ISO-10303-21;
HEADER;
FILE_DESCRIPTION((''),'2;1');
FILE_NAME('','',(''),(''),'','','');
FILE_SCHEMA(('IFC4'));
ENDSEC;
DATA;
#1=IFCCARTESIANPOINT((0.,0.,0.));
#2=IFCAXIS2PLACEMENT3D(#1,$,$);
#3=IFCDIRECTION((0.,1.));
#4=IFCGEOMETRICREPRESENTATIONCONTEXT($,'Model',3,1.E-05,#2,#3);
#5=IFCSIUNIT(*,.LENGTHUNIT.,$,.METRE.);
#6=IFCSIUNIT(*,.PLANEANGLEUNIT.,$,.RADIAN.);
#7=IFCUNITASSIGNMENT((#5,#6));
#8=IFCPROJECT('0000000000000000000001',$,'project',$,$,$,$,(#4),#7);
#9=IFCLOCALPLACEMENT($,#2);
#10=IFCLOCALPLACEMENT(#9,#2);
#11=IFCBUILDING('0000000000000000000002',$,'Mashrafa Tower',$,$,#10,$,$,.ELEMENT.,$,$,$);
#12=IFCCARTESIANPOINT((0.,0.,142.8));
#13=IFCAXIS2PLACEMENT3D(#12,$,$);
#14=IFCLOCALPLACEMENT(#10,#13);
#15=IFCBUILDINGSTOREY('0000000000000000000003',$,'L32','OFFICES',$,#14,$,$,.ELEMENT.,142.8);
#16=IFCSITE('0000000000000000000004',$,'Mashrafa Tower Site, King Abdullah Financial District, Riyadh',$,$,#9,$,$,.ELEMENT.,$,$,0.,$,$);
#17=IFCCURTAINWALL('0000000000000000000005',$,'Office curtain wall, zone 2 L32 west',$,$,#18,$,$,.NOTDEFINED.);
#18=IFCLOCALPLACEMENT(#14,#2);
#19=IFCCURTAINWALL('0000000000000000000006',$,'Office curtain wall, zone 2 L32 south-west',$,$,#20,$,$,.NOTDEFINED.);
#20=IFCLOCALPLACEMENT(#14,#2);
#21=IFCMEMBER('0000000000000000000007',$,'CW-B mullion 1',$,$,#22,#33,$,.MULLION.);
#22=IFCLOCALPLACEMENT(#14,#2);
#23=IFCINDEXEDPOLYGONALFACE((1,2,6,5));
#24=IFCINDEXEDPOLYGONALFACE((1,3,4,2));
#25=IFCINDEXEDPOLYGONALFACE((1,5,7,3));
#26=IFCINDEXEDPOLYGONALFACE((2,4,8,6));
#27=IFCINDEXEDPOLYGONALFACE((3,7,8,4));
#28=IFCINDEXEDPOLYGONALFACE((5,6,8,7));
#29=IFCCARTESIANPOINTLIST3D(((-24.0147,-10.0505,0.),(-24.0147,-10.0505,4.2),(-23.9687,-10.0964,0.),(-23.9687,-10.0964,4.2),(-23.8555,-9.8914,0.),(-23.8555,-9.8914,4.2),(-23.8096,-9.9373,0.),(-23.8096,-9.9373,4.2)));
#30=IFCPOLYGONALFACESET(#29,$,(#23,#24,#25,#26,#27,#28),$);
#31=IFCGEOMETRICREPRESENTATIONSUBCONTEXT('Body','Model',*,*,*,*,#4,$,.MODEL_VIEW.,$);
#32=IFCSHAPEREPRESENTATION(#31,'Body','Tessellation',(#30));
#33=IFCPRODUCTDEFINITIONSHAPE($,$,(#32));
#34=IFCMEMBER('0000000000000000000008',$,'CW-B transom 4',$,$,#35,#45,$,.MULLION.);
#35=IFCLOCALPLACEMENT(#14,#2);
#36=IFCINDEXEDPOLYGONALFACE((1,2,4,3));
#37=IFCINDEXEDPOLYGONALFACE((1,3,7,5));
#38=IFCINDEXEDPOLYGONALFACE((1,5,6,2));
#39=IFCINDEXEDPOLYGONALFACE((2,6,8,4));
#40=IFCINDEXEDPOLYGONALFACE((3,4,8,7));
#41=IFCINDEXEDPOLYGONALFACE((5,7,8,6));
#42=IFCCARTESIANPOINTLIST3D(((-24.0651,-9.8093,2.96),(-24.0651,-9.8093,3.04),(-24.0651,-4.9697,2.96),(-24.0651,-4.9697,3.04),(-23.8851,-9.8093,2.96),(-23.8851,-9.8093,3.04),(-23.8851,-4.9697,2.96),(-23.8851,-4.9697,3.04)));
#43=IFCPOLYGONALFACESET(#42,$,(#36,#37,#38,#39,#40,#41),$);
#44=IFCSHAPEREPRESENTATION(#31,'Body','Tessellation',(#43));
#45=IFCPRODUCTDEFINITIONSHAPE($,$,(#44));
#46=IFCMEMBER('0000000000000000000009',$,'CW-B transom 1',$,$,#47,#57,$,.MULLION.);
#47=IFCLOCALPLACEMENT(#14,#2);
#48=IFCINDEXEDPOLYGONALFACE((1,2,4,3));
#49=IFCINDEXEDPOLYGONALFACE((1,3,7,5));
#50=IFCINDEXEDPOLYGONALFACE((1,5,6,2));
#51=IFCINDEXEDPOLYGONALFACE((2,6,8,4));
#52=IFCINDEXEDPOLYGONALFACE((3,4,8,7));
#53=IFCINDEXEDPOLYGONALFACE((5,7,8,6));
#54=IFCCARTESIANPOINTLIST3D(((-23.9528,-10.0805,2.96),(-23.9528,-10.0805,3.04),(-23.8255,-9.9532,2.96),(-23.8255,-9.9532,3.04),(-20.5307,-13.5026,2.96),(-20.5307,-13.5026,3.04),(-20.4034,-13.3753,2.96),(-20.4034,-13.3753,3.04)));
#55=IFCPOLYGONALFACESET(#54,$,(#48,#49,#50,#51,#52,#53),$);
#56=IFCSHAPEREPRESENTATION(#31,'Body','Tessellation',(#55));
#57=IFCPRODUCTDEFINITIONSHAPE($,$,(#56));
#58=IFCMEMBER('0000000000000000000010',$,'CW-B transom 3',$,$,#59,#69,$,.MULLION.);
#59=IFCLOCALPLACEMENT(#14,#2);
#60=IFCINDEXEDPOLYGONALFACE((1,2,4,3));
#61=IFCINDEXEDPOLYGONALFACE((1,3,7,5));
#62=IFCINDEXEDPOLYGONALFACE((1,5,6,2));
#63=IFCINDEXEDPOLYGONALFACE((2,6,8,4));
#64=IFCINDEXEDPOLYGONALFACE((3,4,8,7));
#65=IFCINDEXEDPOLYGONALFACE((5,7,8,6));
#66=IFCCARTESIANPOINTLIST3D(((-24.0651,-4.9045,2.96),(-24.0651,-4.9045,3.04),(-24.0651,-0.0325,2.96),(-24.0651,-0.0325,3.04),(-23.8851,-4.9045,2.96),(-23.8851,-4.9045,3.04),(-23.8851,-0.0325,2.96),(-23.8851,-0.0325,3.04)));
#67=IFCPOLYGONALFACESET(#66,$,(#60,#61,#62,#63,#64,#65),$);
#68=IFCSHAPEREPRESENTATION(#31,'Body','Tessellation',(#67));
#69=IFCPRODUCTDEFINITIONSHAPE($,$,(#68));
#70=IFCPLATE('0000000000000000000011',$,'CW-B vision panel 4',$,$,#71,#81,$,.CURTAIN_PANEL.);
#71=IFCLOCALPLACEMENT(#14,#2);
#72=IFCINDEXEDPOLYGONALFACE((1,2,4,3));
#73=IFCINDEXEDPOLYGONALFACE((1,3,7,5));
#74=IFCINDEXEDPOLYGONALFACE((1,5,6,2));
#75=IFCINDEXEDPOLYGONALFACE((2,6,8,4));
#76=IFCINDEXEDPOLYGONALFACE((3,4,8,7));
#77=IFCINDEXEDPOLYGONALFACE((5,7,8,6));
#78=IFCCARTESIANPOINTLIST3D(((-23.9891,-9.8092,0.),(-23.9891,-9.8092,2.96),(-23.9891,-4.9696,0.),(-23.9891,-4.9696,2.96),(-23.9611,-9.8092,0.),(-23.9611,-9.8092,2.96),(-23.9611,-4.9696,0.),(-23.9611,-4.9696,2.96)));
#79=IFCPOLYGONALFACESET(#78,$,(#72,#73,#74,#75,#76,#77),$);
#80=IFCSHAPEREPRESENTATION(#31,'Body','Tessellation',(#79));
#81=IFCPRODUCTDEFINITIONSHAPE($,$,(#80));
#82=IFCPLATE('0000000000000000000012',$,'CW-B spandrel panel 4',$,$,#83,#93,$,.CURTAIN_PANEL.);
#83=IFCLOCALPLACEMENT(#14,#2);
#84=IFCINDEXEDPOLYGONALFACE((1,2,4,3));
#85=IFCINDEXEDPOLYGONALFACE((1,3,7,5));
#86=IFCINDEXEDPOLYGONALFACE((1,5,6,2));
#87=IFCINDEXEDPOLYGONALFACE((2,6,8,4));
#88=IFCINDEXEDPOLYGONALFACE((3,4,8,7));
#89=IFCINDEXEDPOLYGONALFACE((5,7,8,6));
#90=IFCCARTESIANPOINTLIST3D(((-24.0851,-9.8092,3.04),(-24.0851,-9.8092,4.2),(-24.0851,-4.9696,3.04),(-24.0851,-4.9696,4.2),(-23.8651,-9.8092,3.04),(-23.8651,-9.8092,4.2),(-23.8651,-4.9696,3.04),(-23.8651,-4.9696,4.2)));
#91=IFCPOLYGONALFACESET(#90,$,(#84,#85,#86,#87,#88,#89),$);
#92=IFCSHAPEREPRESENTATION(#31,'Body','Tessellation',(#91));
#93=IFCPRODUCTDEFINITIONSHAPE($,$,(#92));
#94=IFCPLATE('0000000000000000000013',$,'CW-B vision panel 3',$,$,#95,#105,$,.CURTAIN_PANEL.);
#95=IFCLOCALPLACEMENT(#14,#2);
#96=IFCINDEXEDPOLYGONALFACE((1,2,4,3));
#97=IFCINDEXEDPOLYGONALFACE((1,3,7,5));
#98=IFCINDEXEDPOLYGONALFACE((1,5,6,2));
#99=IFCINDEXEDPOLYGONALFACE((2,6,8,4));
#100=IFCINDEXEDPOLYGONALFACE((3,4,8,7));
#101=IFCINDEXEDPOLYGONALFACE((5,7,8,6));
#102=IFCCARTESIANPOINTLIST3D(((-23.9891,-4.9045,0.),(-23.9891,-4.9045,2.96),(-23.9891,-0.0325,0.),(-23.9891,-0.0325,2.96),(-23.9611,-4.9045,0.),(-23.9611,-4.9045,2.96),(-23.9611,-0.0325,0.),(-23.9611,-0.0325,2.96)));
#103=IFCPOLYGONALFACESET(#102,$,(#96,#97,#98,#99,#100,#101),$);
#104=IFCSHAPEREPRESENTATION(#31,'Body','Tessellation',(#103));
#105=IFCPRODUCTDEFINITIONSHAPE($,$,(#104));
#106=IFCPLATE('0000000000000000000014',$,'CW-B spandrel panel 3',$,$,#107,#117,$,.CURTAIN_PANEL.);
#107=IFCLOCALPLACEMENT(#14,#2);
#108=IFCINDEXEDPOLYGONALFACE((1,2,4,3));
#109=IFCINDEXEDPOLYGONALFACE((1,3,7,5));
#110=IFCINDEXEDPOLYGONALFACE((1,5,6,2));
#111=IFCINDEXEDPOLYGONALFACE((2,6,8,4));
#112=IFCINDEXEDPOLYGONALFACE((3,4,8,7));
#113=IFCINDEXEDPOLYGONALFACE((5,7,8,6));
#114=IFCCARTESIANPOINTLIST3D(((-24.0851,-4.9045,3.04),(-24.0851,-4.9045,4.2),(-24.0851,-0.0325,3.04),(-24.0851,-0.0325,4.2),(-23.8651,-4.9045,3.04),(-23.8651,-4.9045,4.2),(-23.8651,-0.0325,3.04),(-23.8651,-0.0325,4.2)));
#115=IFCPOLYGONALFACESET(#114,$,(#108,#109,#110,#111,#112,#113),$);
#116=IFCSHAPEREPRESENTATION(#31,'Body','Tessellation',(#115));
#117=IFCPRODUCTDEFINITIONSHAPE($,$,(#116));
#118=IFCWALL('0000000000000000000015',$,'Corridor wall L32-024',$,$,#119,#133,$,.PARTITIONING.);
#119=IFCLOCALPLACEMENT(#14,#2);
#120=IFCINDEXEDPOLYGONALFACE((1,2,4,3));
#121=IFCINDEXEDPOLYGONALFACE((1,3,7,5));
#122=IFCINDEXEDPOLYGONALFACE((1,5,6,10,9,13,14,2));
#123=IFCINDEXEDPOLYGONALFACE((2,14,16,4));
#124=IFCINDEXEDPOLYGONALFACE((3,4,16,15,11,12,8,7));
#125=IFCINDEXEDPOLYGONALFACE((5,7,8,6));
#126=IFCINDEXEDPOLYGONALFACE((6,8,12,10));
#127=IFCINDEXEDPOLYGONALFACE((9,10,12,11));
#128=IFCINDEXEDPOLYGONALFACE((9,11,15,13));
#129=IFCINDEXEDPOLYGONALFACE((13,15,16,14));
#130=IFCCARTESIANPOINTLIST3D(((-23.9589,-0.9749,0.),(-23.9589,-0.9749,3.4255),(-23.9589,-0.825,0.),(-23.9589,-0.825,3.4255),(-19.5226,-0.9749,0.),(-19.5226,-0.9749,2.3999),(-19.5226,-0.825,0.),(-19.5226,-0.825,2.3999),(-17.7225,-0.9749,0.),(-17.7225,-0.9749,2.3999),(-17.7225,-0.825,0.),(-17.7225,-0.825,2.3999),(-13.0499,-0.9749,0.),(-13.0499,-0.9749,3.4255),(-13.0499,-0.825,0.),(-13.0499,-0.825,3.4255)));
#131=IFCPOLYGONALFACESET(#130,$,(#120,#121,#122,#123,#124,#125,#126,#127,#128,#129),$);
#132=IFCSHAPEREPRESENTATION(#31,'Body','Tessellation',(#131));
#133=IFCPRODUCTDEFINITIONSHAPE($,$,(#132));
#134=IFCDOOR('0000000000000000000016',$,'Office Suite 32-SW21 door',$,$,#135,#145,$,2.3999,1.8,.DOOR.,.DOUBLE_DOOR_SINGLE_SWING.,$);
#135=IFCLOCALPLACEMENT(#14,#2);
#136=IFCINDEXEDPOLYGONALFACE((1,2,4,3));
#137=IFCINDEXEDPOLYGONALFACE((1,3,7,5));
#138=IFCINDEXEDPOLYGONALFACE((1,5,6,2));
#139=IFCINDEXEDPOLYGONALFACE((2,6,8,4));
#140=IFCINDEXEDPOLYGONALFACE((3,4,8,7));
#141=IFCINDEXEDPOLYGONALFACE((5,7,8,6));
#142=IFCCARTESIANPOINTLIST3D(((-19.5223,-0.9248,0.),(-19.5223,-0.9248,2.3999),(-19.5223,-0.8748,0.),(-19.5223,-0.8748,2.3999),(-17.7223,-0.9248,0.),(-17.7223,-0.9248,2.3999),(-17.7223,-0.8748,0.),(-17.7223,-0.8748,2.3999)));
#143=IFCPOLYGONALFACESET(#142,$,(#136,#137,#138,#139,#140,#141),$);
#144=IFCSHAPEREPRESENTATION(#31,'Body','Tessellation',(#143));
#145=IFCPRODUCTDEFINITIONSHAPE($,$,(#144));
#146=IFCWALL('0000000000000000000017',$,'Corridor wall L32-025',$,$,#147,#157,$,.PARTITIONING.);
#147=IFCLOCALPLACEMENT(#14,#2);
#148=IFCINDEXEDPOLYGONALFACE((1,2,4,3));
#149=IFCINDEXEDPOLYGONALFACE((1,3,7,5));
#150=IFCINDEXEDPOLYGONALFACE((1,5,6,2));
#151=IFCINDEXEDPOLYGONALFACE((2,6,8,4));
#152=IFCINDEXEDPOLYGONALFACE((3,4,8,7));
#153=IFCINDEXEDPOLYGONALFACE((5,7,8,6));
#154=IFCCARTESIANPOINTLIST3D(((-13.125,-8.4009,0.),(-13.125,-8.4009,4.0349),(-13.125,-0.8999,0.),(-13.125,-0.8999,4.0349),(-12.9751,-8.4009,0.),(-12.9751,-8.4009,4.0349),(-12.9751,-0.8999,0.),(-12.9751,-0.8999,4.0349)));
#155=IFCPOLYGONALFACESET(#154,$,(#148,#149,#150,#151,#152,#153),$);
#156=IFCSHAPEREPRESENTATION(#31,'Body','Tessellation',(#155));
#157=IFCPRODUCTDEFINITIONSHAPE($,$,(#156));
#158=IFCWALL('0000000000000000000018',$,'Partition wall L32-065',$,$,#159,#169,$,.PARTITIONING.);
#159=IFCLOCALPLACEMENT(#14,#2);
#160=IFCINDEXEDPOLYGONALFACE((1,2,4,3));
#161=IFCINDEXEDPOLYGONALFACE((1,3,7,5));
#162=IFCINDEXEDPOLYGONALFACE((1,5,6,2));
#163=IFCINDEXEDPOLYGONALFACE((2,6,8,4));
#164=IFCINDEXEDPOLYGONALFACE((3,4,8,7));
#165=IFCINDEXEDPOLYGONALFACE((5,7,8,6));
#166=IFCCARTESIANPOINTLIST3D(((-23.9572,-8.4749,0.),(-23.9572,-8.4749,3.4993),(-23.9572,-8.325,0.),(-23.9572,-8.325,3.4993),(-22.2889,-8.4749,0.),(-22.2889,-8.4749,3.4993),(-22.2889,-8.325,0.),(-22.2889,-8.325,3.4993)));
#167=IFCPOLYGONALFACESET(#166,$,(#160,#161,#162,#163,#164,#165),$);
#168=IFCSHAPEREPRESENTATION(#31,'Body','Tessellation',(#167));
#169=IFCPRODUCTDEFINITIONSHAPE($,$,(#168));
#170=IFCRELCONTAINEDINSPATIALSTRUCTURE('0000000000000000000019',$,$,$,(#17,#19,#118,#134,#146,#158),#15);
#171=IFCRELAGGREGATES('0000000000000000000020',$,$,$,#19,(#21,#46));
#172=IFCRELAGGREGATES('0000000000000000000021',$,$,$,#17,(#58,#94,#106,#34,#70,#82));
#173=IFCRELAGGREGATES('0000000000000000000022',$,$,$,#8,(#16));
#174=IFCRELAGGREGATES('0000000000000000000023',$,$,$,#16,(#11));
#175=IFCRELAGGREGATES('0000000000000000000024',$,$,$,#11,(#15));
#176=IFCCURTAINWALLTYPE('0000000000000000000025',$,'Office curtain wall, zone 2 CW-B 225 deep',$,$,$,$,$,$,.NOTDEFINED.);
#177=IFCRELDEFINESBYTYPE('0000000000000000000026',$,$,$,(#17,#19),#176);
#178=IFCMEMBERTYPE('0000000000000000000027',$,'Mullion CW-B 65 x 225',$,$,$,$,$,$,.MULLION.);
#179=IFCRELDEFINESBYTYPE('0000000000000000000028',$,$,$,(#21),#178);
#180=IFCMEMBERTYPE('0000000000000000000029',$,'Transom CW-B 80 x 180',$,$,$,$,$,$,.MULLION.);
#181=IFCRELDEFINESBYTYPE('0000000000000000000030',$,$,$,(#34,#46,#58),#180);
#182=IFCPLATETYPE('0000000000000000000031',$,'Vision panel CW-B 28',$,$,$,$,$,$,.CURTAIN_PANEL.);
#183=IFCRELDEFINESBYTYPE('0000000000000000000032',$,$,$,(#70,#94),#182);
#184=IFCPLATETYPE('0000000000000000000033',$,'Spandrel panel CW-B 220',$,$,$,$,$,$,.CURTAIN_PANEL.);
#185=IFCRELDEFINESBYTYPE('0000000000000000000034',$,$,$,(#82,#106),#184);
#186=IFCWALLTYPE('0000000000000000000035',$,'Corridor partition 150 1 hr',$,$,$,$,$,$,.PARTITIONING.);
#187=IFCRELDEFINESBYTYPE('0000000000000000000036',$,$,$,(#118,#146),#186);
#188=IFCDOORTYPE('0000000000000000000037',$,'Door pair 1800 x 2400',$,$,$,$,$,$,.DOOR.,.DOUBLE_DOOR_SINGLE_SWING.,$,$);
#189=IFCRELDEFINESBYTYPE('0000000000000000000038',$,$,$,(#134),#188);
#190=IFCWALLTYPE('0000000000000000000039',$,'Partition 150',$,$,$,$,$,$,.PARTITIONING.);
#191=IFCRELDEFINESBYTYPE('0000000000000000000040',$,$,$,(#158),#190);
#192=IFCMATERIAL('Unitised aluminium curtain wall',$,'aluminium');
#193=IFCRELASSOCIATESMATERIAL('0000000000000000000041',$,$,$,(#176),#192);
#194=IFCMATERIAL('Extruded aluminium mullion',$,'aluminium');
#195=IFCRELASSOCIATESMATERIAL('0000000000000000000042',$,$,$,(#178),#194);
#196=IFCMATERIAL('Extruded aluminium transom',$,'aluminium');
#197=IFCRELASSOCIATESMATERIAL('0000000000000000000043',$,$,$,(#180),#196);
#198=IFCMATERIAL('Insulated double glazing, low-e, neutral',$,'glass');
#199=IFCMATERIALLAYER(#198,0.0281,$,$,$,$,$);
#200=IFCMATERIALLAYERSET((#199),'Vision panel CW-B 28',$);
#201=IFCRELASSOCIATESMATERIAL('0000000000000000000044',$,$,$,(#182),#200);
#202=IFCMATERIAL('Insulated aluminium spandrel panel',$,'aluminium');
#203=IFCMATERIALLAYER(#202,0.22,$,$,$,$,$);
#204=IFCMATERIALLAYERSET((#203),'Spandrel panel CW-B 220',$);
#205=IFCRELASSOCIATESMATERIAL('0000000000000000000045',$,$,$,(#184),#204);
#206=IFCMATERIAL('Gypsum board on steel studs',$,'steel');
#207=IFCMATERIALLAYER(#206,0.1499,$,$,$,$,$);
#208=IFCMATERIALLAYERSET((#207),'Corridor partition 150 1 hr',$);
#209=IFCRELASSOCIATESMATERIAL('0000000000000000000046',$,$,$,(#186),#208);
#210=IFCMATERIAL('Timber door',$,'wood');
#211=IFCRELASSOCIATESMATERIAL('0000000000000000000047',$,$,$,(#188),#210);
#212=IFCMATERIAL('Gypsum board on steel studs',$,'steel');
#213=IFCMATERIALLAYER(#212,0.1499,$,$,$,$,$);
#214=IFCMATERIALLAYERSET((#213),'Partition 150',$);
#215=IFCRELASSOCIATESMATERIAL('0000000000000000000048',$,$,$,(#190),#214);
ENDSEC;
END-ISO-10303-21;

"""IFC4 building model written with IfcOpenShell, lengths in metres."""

from ifc_helpers import new_model, si_unit, direction, frame, frame_2d, origin, origin_2d, place, context, subcontext, project, spatial, rectangle, extrude, source, transform, mapped, material, layer, layer_set, material_profile, profile_set, type_object, type_shapes, element, fill, aggregate, save


model = new_model("IFC4")

# Units and contexts
model_context = context("Model", 3, precision=1e-05, world=origin(), true_north=direction((0.0, 1.0)))
body_context = subcontext(model_context, "Body", "Model", "MODEL_VIEW")
ifc_project = project(units=[si_unit("LENGTHUNIT", "METRE"), si_unit("PLANEANGLEUNIT", "RADIAN")], contexts=[model_context])

# Site, building, storey
site_placement = place(None, origin())
site = spatial("IfcSite", under=ifc_project, at=site_placement, Name="Mashrafa Tower Site, King Abdullah Financial District, Riyadh", CompositionType="ELEMENT", RefElevation=0.0)
building_placement = place(site_placement, origin())
building = spatial("IfcBuilding", under=site, at=building_placement, Name="Mashrafa Tower", CompositionType="ELEMENT")
storey_placement = place(building_placement, frame((0.0, 0.0, 142.8)))
storey = spatial("IfcBuildingStorey", under=building, at=storey_placement, Name="L32", Description="OFFICES", CompositionType="ELEMENT", Elevation=142.8)

# Curtain wall
ifc_material_1 = material(Name="Unitised aluminium curtain wall", Category="aluminium")
curtain_wall_type = type_object("IfcCurtainWallType", Name="Office curtain wall, zone 2 CW-B 225 deep", PredefinedType="NOTDEFINED", material=ifc_material_1)
curtain_wall_1_placement = place(storey_placement, origin())
curtain_wall_1 = element("IfcCurtainWall", 1, at=curtain_wall_1_placement, inside=storey, type_object=curtain_wall_type, Name="Office curtain wall, zone 2 L32 west", PredefinedType="NOTDEFINED")
ifc_material_2 = material(Name="Extruded aluminium mullion", Category="aluminium")
ifc_material_profile_1 = material_profile(ifc_material_2, rectangle(XDim=0.2251, YDim=0.0649, at=origin_2d()), Name="Mullion 65x225")
ifc_profile_set_1 = profile_set([ifc_material_profile_1], Name="Extruded aluminium mullion")
member_type_1 = type_object("IfcMemberType", Name="Mullion CW-B 65 x 225", PredefinedType="MULLION", material=ifc_profile_set_1)
shared_shape_1 = source(origin(), body_context, "Body", "SweptSolid", [
    extrude(rectangle(XDim=0.2251, YDim=0.0649, at=origin_2d()), origin(), (0.0, 0.0, 1.0), 4.2),
])
type_shapes(member_type_1, [shared_shape_1])

# Curtain wall, member
curtain_wall_2_placement = place(storey_placement, origin())
curtain_wall_2 = element("IfcCurtainWall", 2, at=curtain_wall_2_placement, inside=storey, type_object=curtain_wall_type, Name="Office curtain wall, zone 2 L32 south-west", PredefinedType="NOTDEFINED")
member_1_placement = place(storey_placement, frame((-23.9121, -9.9939, 0.0), z_axis=(0.0, 0.0, 1.0), x_axis=(0.707107, 0.707107, 0.0)))
member_1 = element("IfcMember", 3, at=member_1_placement, type_object=member_type_1, Name="CW-B mullion 1", PredefinedType="MULLION", context=body_context, shape_type="MappedRepresentation", body=[
    mapped(shared_shape_1, transform((0.0, 0.0, 0.0))),
])

# Members
ifc_material_3 = material(Name="Extruded aluminium transom", Category="aluminium")
ifc_material_profile_2 = material_profile(ifc_material_3, rectangle(XDim=0.1799, YDim=0.0801, at=origin_2d()), Name="Transom 80x180")
ifc_profile_set_2 = profile_set([ifc_material_profile_2], Name="Extruded aluminium transom")
member_type_2 = type_object("IfcMemberType", Name="Transom CW-B 80 x 180", PredefinedType="MULLION", material=ifc_profile_set_2)
shared_shape_2 = source(origin(), body_context, "Body", "SweptSolid", [
    extrude(rectangle(XDim=0.1799, YDim=0.0801, at=origin_2d()), origin(), (0.0, 0.0, 1.0), 4.8396),
])
member_2_placement = place(storey_placement, frame((-23.9751, -4.9697, 3.0), z_axis=(0.0, -1.0, 0.0), x_axis=(1.0, 0.0, 0.0)))
member_2 = element("IfcMember", 4, at=member_2_placement, type_object=member_type_2, Name="CW-B transom 4", PredefinedType="MULLION", context=body_context, shape_type="MappedRepresentation", body=[
    mapped(shared_shape_2, transform((0.0, 0.0, 0.0))),
])
member_3_placement = place(storey_placement, frame((-23.8892, -10.0168, 3.0), z_axis=(0.707107, -0.707107, 0.0), x_axis=(0.707107, 0.707107, 0.0)))
member_3 = element("IfcMember", 5, at=member_3_placement, type_object=member_type_2, Name="CW-B transom 1", PredefinedType="MULLION", context=body_context, shape_type="MappedRepresentation", body=[
    mapped(shared_shape_2, transform((0.0, 0.0, 0.0))),
])
aggregate(curtain_wall_2, [member_1, member_3])
shared_shape_3 = source(origin(), body_context, "Body", "SweptSolid", [
    extrude(rectangle(XDim=0.1799, YDim=0.0801, at=origin_2d()), origin(), (0.0, 0.0, 1.0), 4.8721),
])
type_shapes(member_type_2, [shared_shape_2, shared_shape_3])
member_4_placement = place(storey_placement, frame((-23.9751, -0.0325, 3.0), z_axis=(0.0, -1.0, 0.0), x_axis=(1.0, 0.0, 0.0)))
member_4 = element("IfcMember", 6, at=member_4_placement, type_object=member_type_2, Name="CW-B transom 3", PredefinedType="MULLION", context=body_context, shape_type="MappedRepresentation", body=[
    mapped(shared_shape_3, transform((0.0, 0.0, 0.0))),
])

# Plates
ifc_material_4 = material(Name="Insulated double glazing, low-e, neutral", Category="glass")
ifc_layer_1 = layer(ifc_material_4, 0.0281)
ifc_layer_set_1 = layer_set([ifc_layer_1], Name="Vision panel CW-B 28")
plate_type_1 = type_object("IfcPlateType", Name="Vision panel CW-B 28", PredefinedType="CURTAIN_PANEL", material=ifc_layer_set_1)
shared_shape_4 = source(origin(), body_context, "Body", "SweptSolid", [
    extrude(rectangle(XDim=4.8396, YDim=0.0281, at=origin_2d()), origin(), (0.0, 0.0, 1.0), 2.96),
])
plate_1_placement = place(storey_placement, frame((-23.9751, -7.3894, 0.0), z_axis=(0.0, 0.0, 1.0), x_axis=(0.0, -1.0, 0.0)))
plate_1 = element("IfcPlate", 7, at=plate_1_placement, type_object=plate_type_1, Name="CW-B vision panel 4", PredefinedType="CURTAIN_PANEL", context=body_context, shape_type="MappedRepresentation", body=[
    mapped(shared_shape_4, transform((0.0, 0.0, 0.0))),
])
ifc_material_5 = material(Name="Insulated aluminium spandrel panel", Category="aluminium")
ifc_layer_2 = layer(ifc_material_5, 0.22)
ifc_layer_set_2 = layer_set([ifc_layer_2], Name="Spandrel panel CW-B 220")
plate_type_2 = type_object("IfcPlateType", Name="Spandrel panel CW-B 220", PredefinedType="CURTAIN_PANEL", material=ifc_layer_set_2)
shared_shape_5 = source(origin(), body_context, "Body", "SweptSolid", [
    extrude(rectangle(XDim=4.8396, YDim=0.22, at=origin_2d()), origin(), (0.0, 0.0, 1.0), 1.1599),
])
plate_2_placement = place(storey_placement, frame((-23.9751, -7.3894, 3.04), z_axis=(0.0, 0.0, 1.0), x_axis=(0.0, -1.0, 0.0)))
plate_2 = element("IfcPlate", 8, at=plate_2_placement, type_object=plate_type_2, Name="CW-B spandrel panel 4", PredefinedType="CURTAIN_PANEL", context=body_context, shape_type="MappedRepresentation", body=[
    mapped(shared_shape_5, transform((0.0, 0.0, 0.0))),
])
shared_shape_6 = source(origin(), body_context, "Body", "SweptSolid", [
    extrude(rectangle(XDim=4.8721, YDim=0.0281, at=origin_2d()), origin(), (0.0, 0.0, 1.0), 2.96),
])
type_shapes(plate_type_1, [shared_shape_4, shared_shape_6])
plate_3_placement = place(storey_placement, frame((-23.9751, -2.4685, 0.0), z_axis=(0.0, 0.0, 1.0), x_axis=(0.0, -1.0, 0.0)))
plate_3 = element("IfcPlate", 9, at=plate_3_placement, type_object=plate_type_1, Name="CW-B vision panel 3", PredefinedType="CURTAIN_PANEL", context=body_context, shape_type="MappedRepresentation", body=[
    mapped(shared_shape_6, transform((0.0, 0.0, 0.0))),
])
shared_shape_7 = source(origin(), body_context, "Body", "SweptSolid", [
    extrude(rectangle(XDim=4.8721, YDim=0.22, at=origin_2d()), origin(), (0.0, 0.0, 1.0), 1.1599),
])
type_shapes(plate_type_2, [shared_shape_5, shared_shape_7])
plate_4_placement = place(storey_placement, frame((-23.9751, -2.4685, 3.04), z_axis=(0.0, 0.0, 1.0), x_axis=(0.0, -1.0, 0.0)))
plate_4 = element("IfcPlate", 10, at=plate_4_placement, type_object=plate_type_2, Name="CW-B spandrel panel 3", PredefinedType="CURTAIN_PANEL", context=body_context, shape_type="MappedRepresentation", body=[
    mapped(shared_shape_7, transform((0.0, 0.0, 0.0))),
])
aggregate(curtain_wall_1, [member_4, plate_3, plate_4, member_2, plate_1, plate_2])

# Wall, opening, door
ifc_material_6 = material(Name="Gypsum board on steel studs", Category="steel")
ifc_layer_3 = layer(ifc_material_6, 0.1499)
ifc_layer_set_3 = layer_set([ifc_layer_3], Name="Corridor partition 150 1 hr")
wall_type_1 = type_object("IfcWallType", Name="Corridor partition 150 1 hr", PredefinedType="PARTITIONING", material=ifc_layer_set_3)
wall_1_placement = place(storey_placement, frame((-23.959, -0.8999, 0.0), z_axis=(0.0, 0.0, 1.0), x_axis=(1.0, 0.0, 0.0)))
wall_1 = element("IfcWall", 11, at=wall_1_placement, inside=storey, type_object=wall_type_1, Name="Corridor wall L32-024", PredefinedType="PARTITIONING", context=body_context, shape_type="SweptSolid", body=[
    extrude(rectangle(XDim=10.9089, YDim=0.1499, at=frame_2d((5.4546, 0.0))), origin(), (0.0, 0.0, 1.0), 3.4255),
])
opening_1_placement = place(wall_1_placement, frame((4.4365, 0.0, 0.0)))
opening_1 = element("IfcOpeningElement", 12, at=opening_1_placement, cuts=wall_1, PredefinedType="OPENING", context=body_context, shape_type="SweptSolid", body=[
    extrude(rectangle(XDim=1.8, YDim=2.3999, at=frame_2d((0.8999, 1.2))), frame((0.0, 0.085, 0.0), z_axis=(0.0, -1.0, 0.0), x_axis=(1.0, 0.0, 0.0)), (0.0, 0.0, 1.0), 0.1699),
])
ifc_material_7 = material(Name="Timber door", Category="wood")
door_type = type_object("IfcDoorType", Name="Door pair 1800 x 2400", OperationType="DOUBLE_DOOR_SINGLE_SWING", PredefinedType="DOOR", material=ifc_material_7)
door_1_placement = place(opening_1_placement, frame((1.8, 0.0, 0.0), z_axis=(0.0, 0.0, 1.0), x_axis=(-1.0, 0.0, 0.0)))
door_1 = element("IfcDoor", 13, at=door_1_placement, inside=storey, type_object=door_type, Name="Office Suite 32-SW21 door", OperationType="DOUBLE_DOOR_SINGLE_SWING", OverallHeight=2.3999, OverallWidth=1.8, PredefinedType="DOOR", context=body_context, shape_type="SweptSolid", body=[
    extrude(rectangle(XDim=1.8, YDim=2.3999, at=frame_2d((0.8999, 1.2))), frame((0.0, 0.0249, 0.0), z_axis=(0.0, -1.0, 0.0), x_axis=(1.0, 0.0, 0.0)), (0.0, 0.0, 1.0), 0.05),
])
fill(opening_1, door_1)

# Wall
wall_2_placement = place(storey_placement, frame((-13.05, -0.8999, 0.0), z_axis=(0.0, 0.0, 1.0), x_axis=(0.0, -1.0, 0.0)))
element("IfcWall", 14, at=wall_2_placement, inside=storey, type_object=wall_type_1, Name="Corridor wall L32-025", PredefinedType="PARTITIONING", context=body_context, shape_type="SweptSolid", body=[
    extrude(rectangle(XDim=7.501, YDim=0.1499, at=frame_2d((3.7505, 0.0))), origin(), (0.0, 0.0, 1.0), 4.0349),
])

# Wall
ifc_material_8 = material(Name="Gypsum board on steel studs", Category="steel")
ifc_layer_4 = layer(ifc_material_8, 0.1499)
ifc_layer_set_4 = layer_set([ifc_layer_4], Name="Partition 150")
wall_type_2 = type_object("IfcWallType", Name="Partition 150", PredefinedType="PARTITIONING", material=ifc_layer_set_4)
wall_3_placement = place(storey_placement, frame((-23.957, -8.3999, 0.0), z_axis=(0.0, 0.0, 1.0), x_axis=(1.0, 0.0, 0.0)))
element("IfcWall", 15, at=wall_3_placement, inside=storey, type_object=wall_type_2, Name="Partition wall L32-065", PredefinedType="PARTITIONING", context=body_context, shape_type="SweptSolid", body=[
    extrude(rectangle(XDim=1.6682, YDim=0.1499, at=frame_2d((0.834, 0.0))), origin(), (0.0, 0.0, 1.0), 3.4993),
])

save(model, "model.ifc")
